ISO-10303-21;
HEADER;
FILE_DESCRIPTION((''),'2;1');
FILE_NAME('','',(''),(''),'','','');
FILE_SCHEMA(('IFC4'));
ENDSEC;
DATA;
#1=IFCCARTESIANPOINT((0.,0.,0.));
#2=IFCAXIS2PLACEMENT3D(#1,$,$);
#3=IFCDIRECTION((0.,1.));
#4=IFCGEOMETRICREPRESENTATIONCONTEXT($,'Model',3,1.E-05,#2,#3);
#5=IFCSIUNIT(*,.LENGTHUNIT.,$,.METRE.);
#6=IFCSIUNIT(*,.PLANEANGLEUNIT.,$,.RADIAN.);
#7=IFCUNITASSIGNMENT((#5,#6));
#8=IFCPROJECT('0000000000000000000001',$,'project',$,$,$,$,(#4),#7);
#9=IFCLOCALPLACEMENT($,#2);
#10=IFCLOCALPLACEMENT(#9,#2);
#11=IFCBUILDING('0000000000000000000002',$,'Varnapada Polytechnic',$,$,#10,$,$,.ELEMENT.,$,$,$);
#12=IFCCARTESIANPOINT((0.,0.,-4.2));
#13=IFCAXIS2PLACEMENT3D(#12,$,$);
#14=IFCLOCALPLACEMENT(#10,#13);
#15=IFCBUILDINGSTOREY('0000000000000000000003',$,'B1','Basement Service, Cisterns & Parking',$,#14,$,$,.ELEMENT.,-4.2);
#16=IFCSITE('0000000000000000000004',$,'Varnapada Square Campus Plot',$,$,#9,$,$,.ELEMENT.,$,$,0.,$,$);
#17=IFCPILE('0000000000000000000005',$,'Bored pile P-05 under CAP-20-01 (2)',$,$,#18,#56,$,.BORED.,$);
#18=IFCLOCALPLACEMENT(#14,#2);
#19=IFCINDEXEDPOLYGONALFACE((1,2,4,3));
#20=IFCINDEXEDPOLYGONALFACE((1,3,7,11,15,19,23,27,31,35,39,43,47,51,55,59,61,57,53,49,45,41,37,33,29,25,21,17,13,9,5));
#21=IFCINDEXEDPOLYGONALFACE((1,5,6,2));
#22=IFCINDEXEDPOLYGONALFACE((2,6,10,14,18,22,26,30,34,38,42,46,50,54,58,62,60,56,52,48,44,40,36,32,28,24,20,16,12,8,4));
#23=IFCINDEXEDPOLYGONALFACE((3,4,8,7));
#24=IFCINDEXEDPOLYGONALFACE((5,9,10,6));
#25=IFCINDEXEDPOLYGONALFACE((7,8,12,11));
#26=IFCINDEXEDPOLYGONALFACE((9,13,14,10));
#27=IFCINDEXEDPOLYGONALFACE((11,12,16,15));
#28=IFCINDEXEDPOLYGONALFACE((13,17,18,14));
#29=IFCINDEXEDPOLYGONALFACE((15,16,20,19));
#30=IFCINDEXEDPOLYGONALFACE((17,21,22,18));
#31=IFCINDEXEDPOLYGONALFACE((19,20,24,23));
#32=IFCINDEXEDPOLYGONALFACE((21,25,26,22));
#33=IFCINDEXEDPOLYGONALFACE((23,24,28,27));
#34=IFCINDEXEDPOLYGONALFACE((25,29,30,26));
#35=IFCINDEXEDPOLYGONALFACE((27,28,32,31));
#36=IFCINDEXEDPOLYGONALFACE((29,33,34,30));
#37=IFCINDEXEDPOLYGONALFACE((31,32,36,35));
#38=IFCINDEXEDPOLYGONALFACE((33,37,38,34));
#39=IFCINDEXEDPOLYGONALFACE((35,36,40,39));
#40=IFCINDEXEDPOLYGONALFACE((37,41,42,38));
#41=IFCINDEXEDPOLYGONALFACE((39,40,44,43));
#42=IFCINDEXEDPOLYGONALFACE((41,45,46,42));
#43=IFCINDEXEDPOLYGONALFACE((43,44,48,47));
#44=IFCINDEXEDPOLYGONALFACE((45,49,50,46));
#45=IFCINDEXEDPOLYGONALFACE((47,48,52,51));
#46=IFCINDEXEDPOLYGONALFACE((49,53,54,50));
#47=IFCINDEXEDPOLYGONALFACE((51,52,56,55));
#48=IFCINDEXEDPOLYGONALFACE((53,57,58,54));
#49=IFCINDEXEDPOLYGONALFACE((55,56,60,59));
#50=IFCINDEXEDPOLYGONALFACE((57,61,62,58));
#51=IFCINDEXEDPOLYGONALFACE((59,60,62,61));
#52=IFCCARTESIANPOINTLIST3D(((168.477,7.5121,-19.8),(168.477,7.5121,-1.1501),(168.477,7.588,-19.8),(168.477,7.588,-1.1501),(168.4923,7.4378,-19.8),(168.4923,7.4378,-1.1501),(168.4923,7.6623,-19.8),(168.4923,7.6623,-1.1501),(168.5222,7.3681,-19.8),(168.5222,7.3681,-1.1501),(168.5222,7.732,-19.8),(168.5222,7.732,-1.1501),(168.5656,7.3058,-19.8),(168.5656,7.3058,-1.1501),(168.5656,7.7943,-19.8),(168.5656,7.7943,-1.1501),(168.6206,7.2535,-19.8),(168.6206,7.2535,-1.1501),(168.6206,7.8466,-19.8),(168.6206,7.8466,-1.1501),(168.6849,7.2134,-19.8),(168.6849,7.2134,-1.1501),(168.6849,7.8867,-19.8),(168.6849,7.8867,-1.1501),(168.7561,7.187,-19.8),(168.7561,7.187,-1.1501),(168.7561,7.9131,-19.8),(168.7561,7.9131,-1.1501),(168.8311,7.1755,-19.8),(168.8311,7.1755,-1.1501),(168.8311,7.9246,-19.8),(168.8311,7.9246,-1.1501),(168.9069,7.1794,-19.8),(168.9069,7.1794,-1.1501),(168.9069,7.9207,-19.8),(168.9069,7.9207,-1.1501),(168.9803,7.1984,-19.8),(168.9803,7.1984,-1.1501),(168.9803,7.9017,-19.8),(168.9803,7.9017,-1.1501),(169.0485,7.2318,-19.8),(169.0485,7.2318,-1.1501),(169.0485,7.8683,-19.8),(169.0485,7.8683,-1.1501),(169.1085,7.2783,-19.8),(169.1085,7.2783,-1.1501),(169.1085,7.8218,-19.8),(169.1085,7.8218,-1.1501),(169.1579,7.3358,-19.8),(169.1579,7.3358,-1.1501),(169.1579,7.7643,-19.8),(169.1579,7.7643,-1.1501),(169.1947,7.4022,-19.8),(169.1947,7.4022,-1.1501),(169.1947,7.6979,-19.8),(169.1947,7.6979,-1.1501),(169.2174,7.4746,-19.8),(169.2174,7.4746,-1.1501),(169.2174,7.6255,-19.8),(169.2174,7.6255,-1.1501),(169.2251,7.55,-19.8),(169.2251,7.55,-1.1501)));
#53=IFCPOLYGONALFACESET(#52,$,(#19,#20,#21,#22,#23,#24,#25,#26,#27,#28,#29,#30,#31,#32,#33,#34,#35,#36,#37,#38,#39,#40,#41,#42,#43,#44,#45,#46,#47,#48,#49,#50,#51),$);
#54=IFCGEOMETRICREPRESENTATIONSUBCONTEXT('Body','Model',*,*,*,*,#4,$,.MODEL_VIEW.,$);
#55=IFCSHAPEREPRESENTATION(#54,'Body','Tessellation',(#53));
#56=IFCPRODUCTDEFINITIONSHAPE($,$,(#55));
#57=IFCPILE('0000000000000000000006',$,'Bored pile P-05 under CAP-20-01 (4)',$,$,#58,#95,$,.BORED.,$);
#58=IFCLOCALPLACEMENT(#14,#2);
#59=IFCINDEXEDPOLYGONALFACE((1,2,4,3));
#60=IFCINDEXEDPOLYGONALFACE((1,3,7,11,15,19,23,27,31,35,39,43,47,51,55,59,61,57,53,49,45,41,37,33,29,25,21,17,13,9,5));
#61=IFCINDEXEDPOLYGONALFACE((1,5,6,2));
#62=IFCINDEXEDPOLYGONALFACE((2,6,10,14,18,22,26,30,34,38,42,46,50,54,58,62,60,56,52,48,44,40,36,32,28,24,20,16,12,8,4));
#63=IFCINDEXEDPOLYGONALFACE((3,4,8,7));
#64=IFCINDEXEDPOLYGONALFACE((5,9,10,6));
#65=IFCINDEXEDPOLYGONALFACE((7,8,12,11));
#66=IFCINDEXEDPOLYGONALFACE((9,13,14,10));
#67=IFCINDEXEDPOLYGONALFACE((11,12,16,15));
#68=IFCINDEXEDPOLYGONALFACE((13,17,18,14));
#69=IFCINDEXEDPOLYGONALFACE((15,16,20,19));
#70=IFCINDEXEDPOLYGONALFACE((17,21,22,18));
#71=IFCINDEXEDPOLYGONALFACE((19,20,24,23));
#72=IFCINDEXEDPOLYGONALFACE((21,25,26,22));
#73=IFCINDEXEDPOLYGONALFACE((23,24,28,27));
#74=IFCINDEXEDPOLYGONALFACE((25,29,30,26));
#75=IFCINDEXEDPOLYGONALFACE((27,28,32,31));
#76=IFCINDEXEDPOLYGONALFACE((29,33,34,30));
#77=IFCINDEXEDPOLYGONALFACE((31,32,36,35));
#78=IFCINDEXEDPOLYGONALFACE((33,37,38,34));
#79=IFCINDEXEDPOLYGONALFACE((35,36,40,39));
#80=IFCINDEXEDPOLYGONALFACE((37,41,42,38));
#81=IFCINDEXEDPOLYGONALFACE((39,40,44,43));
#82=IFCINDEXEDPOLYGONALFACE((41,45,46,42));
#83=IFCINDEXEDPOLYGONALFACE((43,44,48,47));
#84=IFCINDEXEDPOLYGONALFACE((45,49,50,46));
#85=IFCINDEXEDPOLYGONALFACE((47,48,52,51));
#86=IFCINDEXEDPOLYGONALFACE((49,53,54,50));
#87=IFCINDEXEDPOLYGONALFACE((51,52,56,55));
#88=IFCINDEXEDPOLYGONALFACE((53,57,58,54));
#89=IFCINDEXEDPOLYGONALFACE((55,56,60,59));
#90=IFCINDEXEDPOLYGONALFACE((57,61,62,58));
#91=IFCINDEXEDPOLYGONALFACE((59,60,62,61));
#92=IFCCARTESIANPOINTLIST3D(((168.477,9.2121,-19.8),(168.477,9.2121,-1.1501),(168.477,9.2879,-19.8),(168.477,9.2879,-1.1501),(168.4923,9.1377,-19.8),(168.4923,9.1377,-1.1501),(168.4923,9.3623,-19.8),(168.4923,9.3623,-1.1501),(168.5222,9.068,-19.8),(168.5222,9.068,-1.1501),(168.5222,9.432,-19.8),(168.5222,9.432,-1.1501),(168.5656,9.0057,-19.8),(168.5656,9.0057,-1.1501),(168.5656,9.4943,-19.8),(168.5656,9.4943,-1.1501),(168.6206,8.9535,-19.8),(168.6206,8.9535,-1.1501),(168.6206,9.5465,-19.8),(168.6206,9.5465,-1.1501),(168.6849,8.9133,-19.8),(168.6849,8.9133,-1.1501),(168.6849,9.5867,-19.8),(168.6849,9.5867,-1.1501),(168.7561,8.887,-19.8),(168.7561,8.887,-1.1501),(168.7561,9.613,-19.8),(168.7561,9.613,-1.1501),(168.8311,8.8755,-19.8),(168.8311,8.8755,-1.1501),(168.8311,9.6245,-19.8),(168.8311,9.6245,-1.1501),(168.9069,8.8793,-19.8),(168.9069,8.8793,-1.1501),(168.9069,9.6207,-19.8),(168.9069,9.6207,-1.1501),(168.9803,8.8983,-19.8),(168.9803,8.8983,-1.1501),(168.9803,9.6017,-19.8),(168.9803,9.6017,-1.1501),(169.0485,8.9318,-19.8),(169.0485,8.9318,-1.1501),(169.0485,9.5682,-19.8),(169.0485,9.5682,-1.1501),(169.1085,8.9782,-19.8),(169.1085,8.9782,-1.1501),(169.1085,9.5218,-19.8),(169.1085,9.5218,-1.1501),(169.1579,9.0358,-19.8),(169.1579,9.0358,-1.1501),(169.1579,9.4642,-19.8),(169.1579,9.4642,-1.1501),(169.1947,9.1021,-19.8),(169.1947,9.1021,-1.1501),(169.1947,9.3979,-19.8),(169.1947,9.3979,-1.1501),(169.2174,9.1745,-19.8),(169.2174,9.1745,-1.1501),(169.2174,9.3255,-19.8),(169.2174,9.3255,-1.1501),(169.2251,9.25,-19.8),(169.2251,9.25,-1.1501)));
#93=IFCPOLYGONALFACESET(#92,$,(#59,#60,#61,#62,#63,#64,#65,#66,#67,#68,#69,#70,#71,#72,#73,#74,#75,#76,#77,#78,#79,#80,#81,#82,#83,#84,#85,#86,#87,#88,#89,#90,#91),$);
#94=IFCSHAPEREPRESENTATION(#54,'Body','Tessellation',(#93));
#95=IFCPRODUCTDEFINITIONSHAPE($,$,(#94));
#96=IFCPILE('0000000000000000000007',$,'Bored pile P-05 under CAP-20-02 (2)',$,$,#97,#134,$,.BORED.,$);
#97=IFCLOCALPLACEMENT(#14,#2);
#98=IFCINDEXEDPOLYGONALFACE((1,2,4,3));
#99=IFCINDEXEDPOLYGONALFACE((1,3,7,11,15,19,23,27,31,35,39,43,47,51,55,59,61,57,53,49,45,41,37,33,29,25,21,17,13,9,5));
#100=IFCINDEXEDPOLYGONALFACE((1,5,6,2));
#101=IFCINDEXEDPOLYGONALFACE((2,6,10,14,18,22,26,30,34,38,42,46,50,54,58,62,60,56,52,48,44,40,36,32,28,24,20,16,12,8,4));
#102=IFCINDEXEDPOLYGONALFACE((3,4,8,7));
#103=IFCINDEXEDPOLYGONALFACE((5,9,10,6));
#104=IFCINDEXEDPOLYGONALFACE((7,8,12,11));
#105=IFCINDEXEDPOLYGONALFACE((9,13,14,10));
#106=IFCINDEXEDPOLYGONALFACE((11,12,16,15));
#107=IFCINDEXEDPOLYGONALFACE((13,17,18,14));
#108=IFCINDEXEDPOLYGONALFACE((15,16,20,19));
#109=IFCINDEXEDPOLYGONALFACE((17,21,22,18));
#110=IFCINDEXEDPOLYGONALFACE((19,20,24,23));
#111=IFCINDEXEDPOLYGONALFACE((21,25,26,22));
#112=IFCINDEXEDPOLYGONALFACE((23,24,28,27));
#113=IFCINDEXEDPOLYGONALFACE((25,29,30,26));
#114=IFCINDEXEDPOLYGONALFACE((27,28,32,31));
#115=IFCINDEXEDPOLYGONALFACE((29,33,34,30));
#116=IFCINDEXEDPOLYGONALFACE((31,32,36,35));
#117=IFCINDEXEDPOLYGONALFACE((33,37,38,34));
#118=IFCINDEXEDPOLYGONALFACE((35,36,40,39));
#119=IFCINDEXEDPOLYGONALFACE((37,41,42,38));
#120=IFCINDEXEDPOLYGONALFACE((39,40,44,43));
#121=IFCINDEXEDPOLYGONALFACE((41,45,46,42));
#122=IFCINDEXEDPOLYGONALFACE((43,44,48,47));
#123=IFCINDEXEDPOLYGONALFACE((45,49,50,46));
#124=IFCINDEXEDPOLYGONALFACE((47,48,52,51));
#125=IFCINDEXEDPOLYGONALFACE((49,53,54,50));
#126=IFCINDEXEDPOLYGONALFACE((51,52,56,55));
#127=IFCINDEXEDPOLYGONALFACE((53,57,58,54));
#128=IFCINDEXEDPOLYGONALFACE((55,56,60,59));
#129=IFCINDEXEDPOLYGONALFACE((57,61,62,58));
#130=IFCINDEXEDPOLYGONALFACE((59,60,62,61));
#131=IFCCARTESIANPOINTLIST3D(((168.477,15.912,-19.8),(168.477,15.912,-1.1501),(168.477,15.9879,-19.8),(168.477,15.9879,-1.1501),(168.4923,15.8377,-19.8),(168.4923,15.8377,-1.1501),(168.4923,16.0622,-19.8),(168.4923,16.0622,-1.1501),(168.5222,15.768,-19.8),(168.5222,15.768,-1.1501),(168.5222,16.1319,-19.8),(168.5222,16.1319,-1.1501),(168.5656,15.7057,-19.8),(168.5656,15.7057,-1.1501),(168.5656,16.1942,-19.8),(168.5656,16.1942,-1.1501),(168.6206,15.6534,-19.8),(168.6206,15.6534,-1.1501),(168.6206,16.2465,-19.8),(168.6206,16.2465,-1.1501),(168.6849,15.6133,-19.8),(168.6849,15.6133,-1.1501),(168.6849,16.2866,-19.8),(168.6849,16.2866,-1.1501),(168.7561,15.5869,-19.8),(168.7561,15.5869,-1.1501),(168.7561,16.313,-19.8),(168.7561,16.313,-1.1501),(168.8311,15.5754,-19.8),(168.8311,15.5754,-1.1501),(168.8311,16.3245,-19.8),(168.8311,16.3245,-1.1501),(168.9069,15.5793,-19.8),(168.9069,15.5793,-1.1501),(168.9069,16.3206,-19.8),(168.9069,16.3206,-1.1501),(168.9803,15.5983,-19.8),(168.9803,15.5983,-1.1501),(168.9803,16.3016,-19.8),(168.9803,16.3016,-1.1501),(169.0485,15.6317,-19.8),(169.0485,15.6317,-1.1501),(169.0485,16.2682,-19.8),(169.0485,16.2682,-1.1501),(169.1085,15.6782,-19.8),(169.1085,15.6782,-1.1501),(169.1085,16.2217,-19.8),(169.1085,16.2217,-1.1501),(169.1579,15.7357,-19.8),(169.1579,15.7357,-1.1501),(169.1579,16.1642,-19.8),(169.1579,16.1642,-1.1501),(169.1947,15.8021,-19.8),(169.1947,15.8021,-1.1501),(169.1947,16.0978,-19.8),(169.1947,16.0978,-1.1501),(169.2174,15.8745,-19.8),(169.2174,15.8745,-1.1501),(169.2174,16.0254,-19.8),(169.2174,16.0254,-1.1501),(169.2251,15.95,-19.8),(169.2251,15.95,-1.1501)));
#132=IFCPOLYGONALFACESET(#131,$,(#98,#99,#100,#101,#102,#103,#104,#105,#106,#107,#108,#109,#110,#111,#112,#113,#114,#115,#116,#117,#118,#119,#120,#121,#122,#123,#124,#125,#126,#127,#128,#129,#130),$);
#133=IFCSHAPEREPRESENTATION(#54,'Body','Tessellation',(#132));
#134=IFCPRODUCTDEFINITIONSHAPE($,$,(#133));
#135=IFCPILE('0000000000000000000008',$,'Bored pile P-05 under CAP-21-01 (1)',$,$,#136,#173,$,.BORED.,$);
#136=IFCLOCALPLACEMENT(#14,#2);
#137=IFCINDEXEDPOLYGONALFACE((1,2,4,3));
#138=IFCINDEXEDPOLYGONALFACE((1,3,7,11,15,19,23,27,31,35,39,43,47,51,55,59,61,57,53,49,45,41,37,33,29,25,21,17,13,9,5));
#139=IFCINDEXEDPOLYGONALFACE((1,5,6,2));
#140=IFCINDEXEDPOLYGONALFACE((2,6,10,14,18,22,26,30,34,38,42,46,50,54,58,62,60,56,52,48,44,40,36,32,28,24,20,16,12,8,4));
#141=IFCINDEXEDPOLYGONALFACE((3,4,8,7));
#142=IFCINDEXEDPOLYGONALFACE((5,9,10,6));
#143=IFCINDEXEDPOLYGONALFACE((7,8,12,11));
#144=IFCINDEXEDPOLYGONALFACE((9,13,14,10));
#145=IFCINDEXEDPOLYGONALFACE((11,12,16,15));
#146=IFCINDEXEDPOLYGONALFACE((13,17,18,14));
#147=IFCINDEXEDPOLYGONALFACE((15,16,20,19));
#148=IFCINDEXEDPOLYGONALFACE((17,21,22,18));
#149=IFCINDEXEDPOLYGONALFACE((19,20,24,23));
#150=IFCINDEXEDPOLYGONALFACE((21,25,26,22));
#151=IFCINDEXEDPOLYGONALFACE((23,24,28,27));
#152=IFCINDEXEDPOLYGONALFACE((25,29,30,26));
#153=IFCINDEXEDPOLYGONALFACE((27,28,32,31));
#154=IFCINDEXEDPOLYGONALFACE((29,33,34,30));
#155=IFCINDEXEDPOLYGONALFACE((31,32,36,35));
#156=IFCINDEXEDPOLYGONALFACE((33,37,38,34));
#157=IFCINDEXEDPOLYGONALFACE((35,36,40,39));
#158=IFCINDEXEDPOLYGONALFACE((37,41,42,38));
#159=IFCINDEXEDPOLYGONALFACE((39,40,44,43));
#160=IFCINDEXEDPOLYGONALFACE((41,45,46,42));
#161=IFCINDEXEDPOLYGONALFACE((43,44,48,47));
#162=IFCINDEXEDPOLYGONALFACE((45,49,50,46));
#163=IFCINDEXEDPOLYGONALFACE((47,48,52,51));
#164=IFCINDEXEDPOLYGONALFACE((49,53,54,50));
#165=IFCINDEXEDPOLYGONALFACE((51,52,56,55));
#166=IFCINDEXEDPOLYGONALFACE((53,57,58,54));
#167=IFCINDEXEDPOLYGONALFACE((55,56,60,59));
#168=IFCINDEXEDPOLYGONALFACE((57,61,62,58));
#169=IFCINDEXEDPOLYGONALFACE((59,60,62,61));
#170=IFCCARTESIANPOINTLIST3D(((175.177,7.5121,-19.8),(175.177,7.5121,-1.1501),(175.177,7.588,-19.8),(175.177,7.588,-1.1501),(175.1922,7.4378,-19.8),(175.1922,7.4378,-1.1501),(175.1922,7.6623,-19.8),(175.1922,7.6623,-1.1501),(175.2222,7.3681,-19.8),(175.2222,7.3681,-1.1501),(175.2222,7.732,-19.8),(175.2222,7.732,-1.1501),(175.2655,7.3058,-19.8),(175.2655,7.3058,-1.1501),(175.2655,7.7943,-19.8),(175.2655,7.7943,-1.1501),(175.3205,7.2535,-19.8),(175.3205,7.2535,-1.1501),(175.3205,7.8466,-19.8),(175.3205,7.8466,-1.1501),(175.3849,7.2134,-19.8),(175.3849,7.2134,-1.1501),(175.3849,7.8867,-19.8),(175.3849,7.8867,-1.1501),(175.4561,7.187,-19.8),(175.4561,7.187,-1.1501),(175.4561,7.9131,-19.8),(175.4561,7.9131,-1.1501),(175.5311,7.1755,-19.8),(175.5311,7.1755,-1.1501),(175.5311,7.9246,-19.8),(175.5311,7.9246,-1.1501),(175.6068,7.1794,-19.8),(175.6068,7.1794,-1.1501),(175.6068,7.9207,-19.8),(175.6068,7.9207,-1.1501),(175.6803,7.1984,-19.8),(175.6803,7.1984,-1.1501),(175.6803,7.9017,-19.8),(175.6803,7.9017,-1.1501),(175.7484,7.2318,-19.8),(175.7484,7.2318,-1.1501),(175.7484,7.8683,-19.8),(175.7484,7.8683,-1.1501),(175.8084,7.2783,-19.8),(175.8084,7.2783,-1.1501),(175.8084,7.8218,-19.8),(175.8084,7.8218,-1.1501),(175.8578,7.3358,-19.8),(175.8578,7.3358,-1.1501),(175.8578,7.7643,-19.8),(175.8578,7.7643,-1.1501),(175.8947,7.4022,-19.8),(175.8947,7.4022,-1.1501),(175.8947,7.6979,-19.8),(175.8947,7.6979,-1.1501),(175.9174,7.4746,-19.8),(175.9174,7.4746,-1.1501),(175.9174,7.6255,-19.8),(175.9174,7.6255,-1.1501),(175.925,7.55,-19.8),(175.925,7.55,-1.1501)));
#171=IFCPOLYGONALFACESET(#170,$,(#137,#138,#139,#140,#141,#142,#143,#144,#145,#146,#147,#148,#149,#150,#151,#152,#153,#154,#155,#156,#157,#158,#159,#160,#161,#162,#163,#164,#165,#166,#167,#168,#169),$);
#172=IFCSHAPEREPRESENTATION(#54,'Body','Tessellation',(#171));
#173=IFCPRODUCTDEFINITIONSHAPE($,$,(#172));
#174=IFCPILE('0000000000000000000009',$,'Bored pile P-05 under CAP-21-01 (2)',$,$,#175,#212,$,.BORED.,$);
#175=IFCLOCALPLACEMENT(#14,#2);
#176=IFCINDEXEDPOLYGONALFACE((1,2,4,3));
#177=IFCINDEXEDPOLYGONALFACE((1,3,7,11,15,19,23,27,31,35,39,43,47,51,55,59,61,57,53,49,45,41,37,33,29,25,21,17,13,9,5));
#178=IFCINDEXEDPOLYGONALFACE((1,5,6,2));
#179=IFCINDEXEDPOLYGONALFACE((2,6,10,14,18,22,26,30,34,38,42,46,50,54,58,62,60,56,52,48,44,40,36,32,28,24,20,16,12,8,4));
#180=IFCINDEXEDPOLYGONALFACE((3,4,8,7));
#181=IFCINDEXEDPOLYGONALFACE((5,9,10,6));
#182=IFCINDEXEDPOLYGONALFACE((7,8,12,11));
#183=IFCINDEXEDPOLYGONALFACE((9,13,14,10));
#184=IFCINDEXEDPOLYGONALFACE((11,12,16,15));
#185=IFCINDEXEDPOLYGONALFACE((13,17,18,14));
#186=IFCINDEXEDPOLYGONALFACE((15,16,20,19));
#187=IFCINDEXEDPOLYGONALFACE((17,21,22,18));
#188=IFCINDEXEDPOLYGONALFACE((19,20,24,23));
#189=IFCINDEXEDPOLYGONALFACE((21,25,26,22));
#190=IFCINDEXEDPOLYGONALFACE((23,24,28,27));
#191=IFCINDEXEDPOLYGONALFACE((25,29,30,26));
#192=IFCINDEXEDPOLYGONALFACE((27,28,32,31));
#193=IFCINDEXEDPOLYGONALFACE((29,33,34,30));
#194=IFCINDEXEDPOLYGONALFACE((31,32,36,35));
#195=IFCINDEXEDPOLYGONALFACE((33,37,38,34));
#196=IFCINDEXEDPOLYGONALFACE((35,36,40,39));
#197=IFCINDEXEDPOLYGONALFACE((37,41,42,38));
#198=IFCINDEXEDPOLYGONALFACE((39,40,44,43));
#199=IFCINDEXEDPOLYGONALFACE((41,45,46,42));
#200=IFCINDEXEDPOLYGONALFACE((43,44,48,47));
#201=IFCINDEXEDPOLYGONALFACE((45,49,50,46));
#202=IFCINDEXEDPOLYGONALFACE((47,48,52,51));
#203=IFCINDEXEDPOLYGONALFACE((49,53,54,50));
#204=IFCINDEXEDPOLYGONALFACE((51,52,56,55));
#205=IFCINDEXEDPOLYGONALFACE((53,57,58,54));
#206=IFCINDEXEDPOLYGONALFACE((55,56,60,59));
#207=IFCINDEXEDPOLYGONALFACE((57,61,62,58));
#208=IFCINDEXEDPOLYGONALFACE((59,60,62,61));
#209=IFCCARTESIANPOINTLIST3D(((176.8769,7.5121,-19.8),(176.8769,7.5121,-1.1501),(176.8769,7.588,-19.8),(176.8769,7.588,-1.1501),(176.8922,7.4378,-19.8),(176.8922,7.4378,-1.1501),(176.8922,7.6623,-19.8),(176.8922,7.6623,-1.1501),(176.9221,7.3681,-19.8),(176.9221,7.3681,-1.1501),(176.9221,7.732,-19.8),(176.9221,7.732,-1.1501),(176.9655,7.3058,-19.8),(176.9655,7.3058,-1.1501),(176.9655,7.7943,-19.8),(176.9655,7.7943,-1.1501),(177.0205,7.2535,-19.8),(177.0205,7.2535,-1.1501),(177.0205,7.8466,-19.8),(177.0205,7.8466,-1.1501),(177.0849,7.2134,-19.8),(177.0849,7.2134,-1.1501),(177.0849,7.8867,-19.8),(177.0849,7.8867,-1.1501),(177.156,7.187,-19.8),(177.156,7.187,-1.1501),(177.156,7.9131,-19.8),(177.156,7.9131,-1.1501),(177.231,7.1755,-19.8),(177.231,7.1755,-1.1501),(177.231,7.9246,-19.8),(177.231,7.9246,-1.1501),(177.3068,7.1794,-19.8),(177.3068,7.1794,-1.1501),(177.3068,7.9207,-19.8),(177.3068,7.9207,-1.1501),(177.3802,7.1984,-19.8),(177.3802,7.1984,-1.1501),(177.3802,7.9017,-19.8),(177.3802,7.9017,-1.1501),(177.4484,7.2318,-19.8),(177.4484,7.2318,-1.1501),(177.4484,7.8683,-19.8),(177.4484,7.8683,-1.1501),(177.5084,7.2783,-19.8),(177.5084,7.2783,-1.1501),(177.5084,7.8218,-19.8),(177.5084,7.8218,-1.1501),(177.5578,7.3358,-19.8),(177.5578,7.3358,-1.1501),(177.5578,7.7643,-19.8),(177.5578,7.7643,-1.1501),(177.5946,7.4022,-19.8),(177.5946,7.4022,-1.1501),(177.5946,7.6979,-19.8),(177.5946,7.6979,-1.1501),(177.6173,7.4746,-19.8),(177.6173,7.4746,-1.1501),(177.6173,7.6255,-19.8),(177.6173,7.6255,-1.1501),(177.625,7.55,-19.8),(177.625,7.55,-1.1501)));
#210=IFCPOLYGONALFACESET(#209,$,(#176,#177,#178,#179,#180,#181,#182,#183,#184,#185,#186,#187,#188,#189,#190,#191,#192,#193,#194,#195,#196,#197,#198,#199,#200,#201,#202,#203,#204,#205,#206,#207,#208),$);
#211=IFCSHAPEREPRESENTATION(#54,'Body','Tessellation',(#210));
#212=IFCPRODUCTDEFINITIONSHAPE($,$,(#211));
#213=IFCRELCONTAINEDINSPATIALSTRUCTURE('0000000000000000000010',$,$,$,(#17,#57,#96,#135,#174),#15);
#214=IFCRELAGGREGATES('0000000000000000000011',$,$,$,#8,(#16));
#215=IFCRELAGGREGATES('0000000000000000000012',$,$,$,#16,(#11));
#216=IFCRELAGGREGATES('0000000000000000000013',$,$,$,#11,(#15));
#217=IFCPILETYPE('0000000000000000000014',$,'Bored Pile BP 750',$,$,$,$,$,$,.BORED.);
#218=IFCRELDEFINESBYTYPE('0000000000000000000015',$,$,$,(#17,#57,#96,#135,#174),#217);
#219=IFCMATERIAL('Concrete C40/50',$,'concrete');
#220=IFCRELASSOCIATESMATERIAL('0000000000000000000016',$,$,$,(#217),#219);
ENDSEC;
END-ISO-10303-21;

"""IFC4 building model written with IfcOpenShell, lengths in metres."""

from ifc_helpers import new_model, si_unit, direction, frame, origin, origin_2d, place, context, subcontext, project, spatial, circle, extrude, material, material_profile, profile_set, type_object, element, save


model = new_model("IFC4")

# Units and contexts
model_context = context("Model", 3, precision=1e-05, world=origin(), true_north=direction((0.0, 1.0)))
body_context = subcontext(model_context, "Body", "Model", "MODEL_VIEW")
ifc_project = project(units=[si_unit("LENGTHUNIT", "METRE"), si_unit("PLANEANGLEUNIT", "RADIAN")], contexts=[model_context])

# Site, building, storey
site_placement = place(None, origin())
site = spatial("IfcSite", under=ifc_project, at=site_placement, Name="Varnapada Square Campus Plot", CompositionType="ELEMENT", RefElevation=0.0)
building_placement = place(site_placement, origin())
building = spatial("IfcBuilding", under=site, at=building_placement, Name="Varnapada Polytechnic", CompositionType="ELEMENT")
storey_placement = place(building_placement, frame((0.0, 0.0, -4.2)))
storey = spatial("IfcBuildingStorey", under=building, at=storey_placement, Name="B1", Description="Basement Service, Cisterns & Parking", CompositionType="ELEMENT", Elevation=-4.2)

# Piles
ifc_material_1 = material(Name="Concrete C40/50", Category="concrete")
ifc_material_profile_1 = material_profile(ifc_material_1, circle(Radius=0.375, at=origin_2d()), Name="BP 750")
ifc_profile_set_1 = profile_set([ifc_material_profile_1], Name="Concrete C40/50")
pile_type_1 = type_object("IfcPileType", Name="Bored Pile BP 750", PredefinedType="BORED", material=ifc_profile_set_1)
for number, where, z_axis, x_axis, name in (
    (1, (168.8501, 7.55, -1.1501), (0.0, 0.0, -1.0), (1.0, 0.0, 0.0), "Bored pile P-05 under CAP-20-01 (2)"),
    (2, (168.8501, 9.25, -1.1501), (0.0, 0.0, -1.0), (1.0, 0.0, 0.0), "Bored pile P-05 under CAP-20-01 (4)"),
    (3, (168.8501, 15.95, -1.1501), (0.0, 0.0, -1.0), (1.0, 0.0, 0.0), "Bored pile P-05 under CAP-20-02 (2)"),
    (4, (175.55, 7.55, -1.1501), (0.0, 0.0, -1.0), (1.0, 0.0, 0.0), "Bored pile P-05 under CAP-21-01 (1)"),
    (5, (177.25, 7.55, -1.1501), (0.0, 0.0, -1.0), (1.0, 0.0, 0.0), "Bored pile P-05 under CAP-21-01 (2)"),
):
    element("IfcPile", number, at=place(storey_placement, frame(where, z_axis=z_axis, x_axis=x_axis)), inside=storey, type_object=pile_type_1, Name=name, PredefinedType="BORED", context=body_context, shape_type="SweptSolid", body=[
        extrude(circle(Radius=0.375, at=origin_2d()), origin(), (0.0, 0.0, 1.0), 18.6499),
    ])

save(model, "model.ifc")
